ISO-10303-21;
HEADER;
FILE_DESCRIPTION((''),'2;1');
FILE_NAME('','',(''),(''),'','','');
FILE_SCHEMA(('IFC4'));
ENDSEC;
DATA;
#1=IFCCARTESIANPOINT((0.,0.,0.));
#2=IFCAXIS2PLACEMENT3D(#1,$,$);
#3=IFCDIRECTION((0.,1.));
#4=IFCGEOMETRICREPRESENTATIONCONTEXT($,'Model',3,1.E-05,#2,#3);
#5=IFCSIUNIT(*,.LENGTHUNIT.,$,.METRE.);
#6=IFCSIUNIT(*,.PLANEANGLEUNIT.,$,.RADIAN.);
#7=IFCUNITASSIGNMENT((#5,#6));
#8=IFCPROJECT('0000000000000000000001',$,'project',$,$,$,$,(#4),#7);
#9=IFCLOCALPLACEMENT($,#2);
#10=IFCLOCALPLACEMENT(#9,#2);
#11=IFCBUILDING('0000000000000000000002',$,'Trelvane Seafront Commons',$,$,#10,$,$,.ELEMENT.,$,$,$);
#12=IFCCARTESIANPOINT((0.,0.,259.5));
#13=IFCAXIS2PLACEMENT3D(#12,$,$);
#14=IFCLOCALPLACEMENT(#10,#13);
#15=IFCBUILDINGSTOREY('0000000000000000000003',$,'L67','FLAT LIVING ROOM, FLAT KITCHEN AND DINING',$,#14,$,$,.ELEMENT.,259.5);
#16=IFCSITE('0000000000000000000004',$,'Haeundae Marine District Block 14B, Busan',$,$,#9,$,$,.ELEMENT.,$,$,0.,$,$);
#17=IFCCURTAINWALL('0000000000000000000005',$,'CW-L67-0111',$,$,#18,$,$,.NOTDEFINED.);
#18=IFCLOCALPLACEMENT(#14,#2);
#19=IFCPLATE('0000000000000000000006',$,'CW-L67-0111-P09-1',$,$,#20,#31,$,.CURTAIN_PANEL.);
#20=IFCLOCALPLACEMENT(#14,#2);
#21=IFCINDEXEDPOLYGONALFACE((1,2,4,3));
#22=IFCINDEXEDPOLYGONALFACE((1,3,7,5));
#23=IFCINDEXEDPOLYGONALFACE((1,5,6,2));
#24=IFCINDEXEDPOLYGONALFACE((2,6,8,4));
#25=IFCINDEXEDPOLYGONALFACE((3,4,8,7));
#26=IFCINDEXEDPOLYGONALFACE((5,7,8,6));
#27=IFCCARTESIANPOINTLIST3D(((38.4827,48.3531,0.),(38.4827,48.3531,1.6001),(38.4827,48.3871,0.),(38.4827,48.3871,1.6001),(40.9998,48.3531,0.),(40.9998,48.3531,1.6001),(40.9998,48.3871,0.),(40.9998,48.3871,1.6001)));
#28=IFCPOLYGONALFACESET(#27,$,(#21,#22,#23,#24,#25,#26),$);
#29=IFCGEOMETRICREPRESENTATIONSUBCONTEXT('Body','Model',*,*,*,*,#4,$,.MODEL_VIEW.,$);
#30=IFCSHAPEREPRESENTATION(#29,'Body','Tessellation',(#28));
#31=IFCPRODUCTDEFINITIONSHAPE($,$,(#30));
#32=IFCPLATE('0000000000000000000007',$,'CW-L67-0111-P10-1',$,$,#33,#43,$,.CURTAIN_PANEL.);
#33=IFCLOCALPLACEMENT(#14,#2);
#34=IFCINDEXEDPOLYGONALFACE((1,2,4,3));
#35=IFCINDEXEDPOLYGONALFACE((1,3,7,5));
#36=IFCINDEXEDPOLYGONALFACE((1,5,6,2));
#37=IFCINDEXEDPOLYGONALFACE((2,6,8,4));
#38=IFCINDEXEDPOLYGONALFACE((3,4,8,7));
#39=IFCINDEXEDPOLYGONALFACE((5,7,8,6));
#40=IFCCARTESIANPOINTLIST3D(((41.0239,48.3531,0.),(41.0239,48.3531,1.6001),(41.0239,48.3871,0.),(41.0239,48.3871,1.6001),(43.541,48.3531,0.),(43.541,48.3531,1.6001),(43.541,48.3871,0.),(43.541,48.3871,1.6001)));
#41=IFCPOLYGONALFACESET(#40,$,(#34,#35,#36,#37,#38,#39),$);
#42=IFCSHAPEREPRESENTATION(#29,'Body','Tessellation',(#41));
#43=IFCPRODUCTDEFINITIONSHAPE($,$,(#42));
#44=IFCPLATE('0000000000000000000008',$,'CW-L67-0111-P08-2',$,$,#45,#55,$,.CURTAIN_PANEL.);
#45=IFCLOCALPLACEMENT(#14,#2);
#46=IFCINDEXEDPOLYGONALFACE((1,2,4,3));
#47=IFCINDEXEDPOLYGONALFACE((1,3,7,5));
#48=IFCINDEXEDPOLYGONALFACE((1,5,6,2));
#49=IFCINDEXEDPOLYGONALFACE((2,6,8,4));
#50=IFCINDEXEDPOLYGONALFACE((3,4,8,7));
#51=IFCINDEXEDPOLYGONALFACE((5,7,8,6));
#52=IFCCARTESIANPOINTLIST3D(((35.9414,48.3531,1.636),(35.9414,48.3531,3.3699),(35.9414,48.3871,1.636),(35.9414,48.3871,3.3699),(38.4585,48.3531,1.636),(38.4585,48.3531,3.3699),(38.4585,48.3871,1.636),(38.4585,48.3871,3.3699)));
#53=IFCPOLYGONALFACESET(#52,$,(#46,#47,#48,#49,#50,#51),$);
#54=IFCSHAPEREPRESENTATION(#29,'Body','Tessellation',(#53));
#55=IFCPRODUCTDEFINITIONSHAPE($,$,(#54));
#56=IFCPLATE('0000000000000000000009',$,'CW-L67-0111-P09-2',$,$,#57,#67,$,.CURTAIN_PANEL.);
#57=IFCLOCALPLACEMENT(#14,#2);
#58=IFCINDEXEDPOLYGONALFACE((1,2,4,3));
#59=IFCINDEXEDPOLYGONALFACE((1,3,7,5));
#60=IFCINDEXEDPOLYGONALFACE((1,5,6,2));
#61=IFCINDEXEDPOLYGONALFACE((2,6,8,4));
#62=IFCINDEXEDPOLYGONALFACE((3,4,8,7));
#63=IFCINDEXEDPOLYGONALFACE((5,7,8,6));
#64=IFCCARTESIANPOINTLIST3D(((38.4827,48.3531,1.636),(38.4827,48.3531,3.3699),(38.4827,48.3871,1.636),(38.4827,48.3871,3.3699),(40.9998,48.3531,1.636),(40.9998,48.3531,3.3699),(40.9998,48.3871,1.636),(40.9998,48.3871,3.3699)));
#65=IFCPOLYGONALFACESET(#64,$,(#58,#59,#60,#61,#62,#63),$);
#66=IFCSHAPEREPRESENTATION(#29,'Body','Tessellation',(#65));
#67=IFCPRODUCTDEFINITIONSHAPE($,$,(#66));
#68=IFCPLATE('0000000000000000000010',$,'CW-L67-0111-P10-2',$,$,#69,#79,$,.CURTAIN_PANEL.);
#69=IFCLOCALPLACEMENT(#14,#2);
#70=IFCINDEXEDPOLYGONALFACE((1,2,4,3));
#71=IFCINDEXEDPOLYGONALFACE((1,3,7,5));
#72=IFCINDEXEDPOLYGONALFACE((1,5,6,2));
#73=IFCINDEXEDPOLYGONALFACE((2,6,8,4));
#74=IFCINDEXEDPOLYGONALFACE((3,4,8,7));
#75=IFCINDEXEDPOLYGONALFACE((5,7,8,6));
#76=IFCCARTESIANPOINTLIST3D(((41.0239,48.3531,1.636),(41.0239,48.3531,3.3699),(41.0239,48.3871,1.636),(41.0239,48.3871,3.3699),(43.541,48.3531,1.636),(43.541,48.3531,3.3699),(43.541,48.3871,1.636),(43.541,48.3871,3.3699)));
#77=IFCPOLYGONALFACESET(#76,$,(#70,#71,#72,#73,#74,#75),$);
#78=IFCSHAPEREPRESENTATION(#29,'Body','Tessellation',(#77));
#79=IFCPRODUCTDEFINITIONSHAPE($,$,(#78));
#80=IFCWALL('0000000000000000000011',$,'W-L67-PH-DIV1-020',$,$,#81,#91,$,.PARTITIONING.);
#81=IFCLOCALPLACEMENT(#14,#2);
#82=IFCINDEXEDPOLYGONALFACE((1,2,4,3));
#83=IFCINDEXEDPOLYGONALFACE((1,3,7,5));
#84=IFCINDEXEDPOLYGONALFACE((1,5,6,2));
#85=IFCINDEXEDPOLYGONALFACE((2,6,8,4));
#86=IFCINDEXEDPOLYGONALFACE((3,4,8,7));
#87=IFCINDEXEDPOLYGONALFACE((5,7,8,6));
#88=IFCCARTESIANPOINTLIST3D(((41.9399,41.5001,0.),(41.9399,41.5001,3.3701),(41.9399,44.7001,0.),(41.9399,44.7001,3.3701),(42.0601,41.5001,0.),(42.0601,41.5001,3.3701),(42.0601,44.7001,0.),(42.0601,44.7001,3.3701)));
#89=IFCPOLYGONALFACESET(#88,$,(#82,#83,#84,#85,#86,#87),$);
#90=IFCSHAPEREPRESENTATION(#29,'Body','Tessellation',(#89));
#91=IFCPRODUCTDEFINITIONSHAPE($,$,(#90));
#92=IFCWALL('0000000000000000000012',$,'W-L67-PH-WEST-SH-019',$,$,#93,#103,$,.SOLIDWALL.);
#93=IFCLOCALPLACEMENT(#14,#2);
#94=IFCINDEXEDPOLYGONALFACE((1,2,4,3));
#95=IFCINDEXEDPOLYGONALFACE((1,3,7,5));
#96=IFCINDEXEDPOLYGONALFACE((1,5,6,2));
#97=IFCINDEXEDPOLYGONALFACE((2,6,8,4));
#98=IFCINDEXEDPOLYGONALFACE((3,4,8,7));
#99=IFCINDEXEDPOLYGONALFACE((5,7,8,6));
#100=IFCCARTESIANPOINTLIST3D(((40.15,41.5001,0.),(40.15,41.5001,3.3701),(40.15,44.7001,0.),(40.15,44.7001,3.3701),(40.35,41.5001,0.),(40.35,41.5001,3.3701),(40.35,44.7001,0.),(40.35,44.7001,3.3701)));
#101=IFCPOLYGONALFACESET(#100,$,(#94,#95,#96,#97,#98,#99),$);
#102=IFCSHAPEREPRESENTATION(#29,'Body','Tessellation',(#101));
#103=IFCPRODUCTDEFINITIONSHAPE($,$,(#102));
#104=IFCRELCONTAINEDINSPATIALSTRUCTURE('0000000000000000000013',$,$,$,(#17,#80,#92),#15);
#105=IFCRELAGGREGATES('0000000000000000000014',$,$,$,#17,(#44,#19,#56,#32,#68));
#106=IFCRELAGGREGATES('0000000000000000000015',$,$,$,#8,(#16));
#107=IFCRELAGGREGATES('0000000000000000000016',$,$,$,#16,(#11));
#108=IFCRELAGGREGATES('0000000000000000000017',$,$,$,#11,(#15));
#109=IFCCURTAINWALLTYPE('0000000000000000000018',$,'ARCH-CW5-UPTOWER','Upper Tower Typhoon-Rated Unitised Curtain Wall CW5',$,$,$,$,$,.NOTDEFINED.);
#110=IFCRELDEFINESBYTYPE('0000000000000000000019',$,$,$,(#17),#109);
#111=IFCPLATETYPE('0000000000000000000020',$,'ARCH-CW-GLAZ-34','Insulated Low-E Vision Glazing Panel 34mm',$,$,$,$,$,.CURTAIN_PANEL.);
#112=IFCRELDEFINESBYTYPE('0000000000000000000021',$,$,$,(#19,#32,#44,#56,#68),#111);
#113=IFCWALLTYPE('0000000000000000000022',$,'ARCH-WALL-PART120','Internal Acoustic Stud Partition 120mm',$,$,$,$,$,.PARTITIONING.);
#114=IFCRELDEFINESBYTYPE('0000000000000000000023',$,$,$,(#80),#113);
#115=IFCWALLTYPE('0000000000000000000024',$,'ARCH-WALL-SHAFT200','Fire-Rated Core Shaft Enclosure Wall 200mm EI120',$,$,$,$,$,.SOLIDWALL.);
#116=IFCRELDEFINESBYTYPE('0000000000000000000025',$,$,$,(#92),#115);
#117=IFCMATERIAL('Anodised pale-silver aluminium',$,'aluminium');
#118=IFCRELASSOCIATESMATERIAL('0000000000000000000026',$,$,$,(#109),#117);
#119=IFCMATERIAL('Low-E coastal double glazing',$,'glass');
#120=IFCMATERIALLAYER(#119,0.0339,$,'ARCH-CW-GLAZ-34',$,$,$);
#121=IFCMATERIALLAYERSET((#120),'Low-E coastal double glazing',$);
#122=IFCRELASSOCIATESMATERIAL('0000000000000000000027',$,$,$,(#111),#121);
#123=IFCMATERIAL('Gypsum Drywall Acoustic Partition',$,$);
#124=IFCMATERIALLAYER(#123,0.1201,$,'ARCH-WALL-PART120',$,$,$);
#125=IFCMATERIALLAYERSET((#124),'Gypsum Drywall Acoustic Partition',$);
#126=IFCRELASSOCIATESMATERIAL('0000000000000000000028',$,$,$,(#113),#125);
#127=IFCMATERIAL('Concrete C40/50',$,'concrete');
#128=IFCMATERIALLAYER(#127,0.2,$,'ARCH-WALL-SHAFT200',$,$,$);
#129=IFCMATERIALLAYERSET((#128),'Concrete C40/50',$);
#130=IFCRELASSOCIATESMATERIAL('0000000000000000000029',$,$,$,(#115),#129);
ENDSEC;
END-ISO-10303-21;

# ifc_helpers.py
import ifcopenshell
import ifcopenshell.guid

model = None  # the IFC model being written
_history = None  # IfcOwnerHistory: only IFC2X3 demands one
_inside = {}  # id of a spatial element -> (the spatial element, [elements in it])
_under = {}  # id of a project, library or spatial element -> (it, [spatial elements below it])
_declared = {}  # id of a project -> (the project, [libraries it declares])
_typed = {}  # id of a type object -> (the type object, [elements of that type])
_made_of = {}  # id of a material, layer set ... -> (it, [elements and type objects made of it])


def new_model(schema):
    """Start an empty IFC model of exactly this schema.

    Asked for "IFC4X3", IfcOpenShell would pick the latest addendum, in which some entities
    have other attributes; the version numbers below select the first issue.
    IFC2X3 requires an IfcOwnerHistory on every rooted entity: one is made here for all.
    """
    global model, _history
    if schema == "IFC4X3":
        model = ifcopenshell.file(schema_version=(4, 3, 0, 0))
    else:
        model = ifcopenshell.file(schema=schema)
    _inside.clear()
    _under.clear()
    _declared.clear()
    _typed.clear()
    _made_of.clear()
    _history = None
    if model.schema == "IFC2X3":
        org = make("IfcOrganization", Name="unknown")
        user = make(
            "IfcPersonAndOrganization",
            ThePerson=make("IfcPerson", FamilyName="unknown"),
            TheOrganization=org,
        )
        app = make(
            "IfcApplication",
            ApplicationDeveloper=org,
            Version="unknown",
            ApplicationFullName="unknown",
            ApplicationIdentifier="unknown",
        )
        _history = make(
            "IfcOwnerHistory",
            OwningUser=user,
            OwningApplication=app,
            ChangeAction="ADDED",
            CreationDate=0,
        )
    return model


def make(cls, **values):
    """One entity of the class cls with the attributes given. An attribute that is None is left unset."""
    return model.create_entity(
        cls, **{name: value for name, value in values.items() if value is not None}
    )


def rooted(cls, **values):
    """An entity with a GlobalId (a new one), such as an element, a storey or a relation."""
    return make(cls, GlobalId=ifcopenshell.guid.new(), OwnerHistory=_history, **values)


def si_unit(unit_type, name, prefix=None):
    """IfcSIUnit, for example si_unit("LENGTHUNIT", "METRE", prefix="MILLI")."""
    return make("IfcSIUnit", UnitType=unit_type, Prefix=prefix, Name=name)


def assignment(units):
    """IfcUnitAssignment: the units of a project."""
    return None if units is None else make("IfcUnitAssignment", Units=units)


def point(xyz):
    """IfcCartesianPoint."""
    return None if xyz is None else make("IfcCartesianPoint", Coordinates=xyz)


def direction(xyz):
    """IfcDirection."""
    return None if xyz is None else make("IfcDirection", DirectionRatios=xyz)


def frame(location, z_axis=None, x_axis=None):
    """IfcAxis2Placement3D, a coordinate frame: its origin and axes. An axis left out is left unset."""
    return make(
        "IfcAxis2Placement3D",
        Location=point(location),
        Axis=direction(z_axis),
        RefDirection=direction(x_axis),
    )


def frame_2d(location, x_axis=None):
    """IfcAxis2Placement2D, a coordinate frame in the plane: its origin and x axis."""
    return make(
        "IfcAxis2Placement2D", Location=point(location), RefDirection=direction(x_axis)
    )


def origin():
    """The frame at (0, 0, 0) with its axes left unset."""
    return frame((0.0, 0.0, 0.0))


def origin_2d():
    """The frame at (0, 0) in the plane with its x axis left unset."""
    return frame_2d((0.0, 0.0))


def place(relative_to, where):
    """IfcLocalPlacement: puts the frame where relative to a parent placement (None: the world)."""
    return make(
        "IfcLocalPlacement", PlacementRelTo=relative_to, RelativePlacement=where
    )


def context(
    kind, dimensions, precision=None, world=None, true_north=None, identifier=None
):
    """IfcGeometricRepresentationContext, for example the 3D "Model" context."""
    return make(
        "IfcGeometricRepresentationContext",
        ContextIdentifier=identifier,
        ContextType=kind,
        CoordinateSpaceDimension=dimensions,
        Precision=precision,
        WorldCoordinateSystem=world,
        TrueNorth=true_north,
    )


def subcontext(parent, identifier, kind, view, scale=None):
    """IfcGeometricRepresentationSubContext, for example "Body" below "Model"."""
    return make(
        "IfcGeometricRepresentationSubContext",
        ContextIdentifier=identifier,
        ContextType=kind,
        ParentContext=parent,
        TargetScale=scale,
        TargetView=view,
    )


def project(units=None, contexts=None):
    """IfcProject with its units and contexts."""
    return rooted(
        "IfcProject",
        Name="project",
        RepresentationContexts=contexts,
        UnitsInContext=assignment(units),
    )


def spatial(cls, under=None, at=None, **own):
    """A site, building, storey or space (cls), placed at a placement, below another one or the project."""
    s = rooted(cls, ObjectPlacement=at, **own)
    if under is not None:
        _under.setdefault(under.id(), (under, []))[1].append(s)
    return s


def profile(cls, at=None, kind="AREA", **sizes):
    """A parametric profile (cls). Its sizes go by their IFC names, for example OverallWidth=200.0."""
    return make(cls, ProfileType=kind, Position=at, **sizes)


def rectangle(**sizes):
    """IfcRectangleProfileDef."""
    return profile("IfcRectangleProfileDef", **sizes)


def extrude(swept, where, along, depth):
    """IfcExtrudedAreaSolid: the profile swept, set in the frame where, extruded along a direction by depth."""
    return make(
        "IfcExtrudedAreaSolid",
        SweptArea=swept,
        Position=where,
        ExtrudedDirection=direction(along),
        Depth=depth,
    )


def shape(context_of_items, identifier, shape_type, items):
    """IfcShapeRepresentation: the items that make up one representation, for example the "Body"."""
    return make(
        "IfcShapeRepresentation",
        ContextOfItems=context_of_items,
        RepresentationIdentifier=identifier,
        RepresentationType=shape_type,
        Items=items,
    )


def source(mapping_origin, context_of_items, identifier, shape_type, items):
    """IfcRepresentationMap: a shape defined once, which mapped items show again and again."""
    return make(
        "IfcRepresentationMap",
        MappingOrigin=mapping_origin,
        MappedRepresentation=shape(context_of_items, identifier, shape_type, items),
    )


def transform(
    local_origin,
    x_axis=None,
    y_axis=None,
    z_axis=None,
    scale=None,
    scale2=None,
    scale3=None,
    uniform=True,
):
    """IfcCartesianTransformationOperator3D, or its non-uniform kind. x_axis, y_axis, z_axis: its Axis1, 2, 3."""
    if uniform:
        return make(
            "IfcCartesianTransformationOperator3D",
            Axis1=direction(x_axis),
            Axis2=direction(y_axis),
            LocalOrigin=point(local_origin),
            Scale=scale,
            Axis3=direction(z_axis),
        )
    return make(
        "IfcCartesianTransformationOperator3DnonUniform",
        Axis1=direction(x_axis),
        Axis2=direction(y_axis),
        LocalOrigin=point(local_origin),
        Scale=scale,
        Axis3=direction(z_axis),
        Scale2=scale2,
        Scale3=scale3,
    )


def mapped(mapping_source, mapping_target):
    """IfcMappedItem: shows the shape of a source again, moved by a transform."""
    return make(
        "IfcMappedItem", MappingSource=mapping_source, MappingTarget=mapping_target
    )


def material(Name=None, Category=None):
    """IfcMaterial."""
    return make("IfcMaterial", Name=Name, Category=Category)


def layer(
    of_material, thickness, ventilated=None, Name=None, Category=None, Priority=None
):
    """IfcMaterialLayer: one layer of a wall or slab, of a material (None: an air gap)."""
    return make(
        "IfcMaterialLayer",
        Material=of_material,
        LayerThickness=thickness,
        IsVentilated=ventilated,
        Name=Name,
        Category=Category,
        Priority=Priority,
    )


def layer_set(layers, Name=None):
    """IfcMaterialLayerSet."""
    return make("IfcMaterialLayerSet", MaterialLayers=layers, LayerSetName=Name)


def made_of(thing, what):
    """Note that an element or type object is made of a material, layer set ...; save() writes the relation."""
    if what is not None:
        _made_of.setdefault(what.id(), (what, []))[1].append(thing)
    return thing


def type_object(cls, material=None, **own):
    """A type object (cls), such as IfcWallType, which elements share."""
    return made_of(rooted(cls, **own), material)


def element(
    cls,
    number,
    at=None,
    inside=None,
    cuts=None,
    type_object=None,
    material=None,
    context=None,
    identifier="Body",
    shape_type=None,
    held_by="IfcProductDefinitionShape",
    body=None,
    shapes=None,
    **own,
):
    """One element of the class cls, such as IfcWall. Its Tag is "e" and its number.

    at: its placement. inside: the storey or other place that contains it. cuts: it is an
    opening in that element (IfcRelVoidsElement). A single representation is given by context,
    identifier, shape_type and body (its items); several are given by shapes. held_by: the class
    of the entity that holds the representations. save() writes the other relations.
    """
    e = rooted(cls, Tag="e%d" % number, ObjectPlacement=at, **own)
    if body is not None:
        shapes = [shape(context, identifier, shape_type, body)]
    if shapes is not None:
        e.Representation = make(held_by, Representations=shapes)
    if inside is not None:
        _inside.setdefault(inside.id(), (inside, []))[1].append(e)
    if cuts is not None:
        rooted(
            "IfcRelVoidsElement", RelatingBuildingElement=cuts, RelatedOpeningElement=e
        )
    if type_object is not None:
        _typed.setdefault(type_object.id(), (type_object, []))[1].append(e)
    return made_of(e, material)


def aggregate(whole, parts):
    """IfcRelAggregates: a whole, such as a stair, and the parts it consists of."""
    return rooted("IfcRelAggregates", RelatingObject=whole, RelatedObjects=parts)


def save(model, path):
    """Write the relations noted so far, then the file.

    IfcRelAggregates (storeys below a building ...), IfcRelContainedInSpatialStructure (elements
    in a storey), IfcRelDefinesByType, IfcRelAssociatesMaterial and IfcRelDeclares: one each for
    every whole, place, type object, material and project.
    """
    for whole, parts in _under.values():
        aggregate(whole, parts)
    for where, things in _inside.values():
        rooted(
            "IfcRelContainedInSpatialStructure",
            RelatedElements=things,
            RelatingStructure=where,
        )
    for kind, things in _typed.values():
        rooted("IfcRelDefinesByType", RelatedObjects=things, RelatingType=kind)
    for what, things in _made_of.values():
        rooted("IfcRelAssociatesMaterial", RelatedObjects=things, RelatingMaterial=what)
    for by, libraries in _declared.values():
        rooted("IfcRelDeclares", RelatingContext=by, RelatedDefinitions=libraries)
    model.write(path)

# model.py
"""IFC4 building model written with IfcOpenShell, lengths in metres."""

from ifc_helpers import new_model, si_unit, direction, frame, frame_2d, origin, origin_2d, place, context, subcontext, project, spatial, rectangle, extrude, source, transform, mapped, material, layer, layer_set, type_object, element, aggregate, save


model = new_model("IFC4")

# Units and contexts
model_context = context("Model", 3, precision=1e-05, world=origin(), true_north=direction((0.0, 1.0)))
body_context = subcontext(model_context, "Body", "Model", "MODEL_VIEW")
ifc_project = project(units=[si_unit("LENGTHUNIT", "METRE"), si_unit("PLANEANGLEUNIT", "RADIAN")], contexts=[model_context])

# Site, building, storey
site_placement = place(None, origin())
site = spatial("IfcSite", under=ifc_project, at=site_placement, Name="Haeundae Marine District Block 14B, Busan", CompositionType="ELEMENT", RefElevation=0.0)
building_placement = place(site_placement, origin())
building = spatial("IfcBuilding", under=site, at=building_placement, Name="Trelvane Seafront Commons", CompositionType="ELEMENT")
storey_placement = place(building_placement, frame((0.0, 0.0, 259.5)))
storey = spatial("IfcBuildingStorey", under=building, at=storey_placement, Name="L67", Description="FLAT LIVING ROOM, FLAT KITCHEN AND DINING", CompositionType="ELEMENT", Elevation=259.5)

# Curtain wall
ifc_material_1 = material(Name="Anodised pale-silver aluminium", Category="aluminium")
curtain_wall_type = type_object("IfcCurtainWallType", Name="ARCH-CW5-UPTOWER", Description="Upper Tower Typhoon-Rated Unitised Curtain Wall CW5", PredefinedType="NOTDEFINED", material=ifc_material_1)
curtain_wall_placement = place(storey_placement, origin())
curtain_wall = element("IfcCurtainWall", 1, at=curtain_wall_placement, inside=storey, type_object=curtain_wall_type, Name="CW-L67-0111", PredefinedType="NOTDEFINED")

# Plates
ifc_material_2 = material(Name="Low-E coastal double glazing", Category="glass")
ifc_layer_1 = layer(ifc_material_2, 0.0339, Name="ARCH-CW-GLAZ-34")
ifc_layer_set_1 = layer_set([ifc_layer_1], Name="Low-E coastal double glazing")
plate_type_1 = type_object("IfcPlateType", Name="ARCH-CW-GLAZ-34", Description="Insulated Low-E Vision Glazing Panel 34mm", PredefinedType="CURTAIN_PANEL", material=ifc_layer_set_1)
shared_shape_1 = source(origin(), body_context, "Body", "SweptSolid", [
    extrude(rectangle(XDim=2.5171, YDim=0.0339, at=origin_2d()), origin(), (0.0, 0.0, 1.0), 1.6001),
])
plate_1_placement = place(storey_placement, frame((39.7412, 48.3701, 0.0), z_axis=(0.0, 0.0, 1.0), x_axis=(1.0, 0.0, 0.0)))
plate_1 = element("IfcPlate", 2, at=plate_1_placement, type_object=plate_type_1, Name="CW-L67-0111-P09-1", PredefinedType="CURTAIN_PANEL", context=body_context, shape_type="MappedRepresentation", body=[
    mapped(shared_shape_1, transform((0.0, 0.0, 0.0), x_axis=(1.0, 0.0, 0.0), y_axis=(0.0, 1.0, 0.0), z_axis=(0.0, 0.0, 1.0), scale=1.0)),
])
plate_2_placement = place(storey_placement, frame((42.2825, 48.3701, 0.0), z_axis=(0.0, 0.0, 1.0), x_axis=(1.0, 0.0, 0.0)))
plate_2 = element("IfcPlate", 3, at=plate_2_placement, type_object=plate_type_1, Name="CW-L67-0111-P10-1", PredefinedType="CURTAIN_PANEL", context=body_context, shape_type="MappedRepresentation", body=[
    mapped(shared_shape_1, transform((0.0, 0.0, 0.0), x_axis=(1.0, 0.0, 0.0), y_axis=(0.0, 1.0, 0.0), z_axis=(0.0, 0.0, 1.0), scale=1.0)),
])
shared_shape_2 = source(origin(), body_context, "Body", "SweptSolid", [
    extrude(rectangle(XDim=2.5171, YDim=0.0339, at=origin_2d()), origin(), (0.0, 0.0, 1.0), 1.7339),
])
plate_3_placement = place(storey_placement, frame((37.2, 48.3701, 1.636), z_axis=(0.0, 0.0, 1.0), x_axis=(1.0, 0.0, 0.0)))
plate_3 = element("IfcPlate", 4, at=plate_3_placement, type_object=plate_type_1, Name="CW-L67-0111-P08-2", PredefinedType="CURTAIN_PANEL", context=body_context, shape_type="MappedRepresentation", body=[
    mapped(shared_shape_2, transform((0.0, 0.0, 0.0), x_axis=(1.0, 0.0, 0.0), y_axis=(0.0, 1.0, 0.0), z_axis=(0.0, 0.0, 1.0), scale=1.0)),
])
plate_4_placement = place(storey_placement, frame((39.7412, 48.3701, 1.636), z_axis=(0.0, 0.0, 1.0), x_axis=(1.0, 0.0, 0.0)))
plate_4 = element("IfcPlate", 5, at=plate_4_placement, type_object=plate_type_1, Name="CW-L67-0111-P09-2", PredefinedType="CURTAIN_PANEL", context=body_context, shape_type="MappedRepresentation", body=[
    mapped(shared_shape_2, transform((0.0, 0.0, 0.0), x_axis=(1.0, 0.0, 0.0), y_axis=(0.0, 1.0, 0.0), z_axis=(0.0, 0.0, 1.0), scale=1.0)),
])
plate_5_placement = place(storey_placement, frame((42.2825, 48.3701, 1.636), z_axis=(0.0, 0.0, 1.0), x_axis=(1.0, 0.0, 0.0)))
plate_5 = element("IfcPlate", 6, at=plate_5_placement, type_object=plate_type_1, Name="CW-L67-0111-P10-2", PredefinedType="CURTAIN_PANEL", context=body_context, shape_type="MappedRepresentation", body=[
    mapped(shared_shape_2, transform((0.0, 0.0, 0.0), x_axis=(1.0, 0.0, 0.0), y_axis=(0.0, 1.0, 0.0), z_axis=(0.0, 0.0, 1.0), scale=1.0)),
])
aggregate(curtain_wall, [plate_3, plate_1, plate_4, plate_2, plate_5])

# Wall
ifc_material_3 = material(Name="Gypsum Drywall Acoustic Partition")
ifc_layer_2 = layer(ifc_material_3, 0.1201, Name="ARCH-WALL-PART120")
ifc_layer_set_2 = layer_set([ifc_layer_2], Name="Gypsum Drywall Acoustic Partition")
wall_type_1 = type_object("IfcWallType", Name="ARCH-WALL-PART120", Description="Internal Acoustic Stud Partition 120mm", PredefinedType="PARTITIONING", material=ifc_layer_set_2)
wall_1_placement = place(storey_placement, frame((42.0, 41.5, 0.0), z_axis=(0.0, 0.0, 1.0), x_axis=(0.0, 1.0, 0.0)))
element("IfcWall", 7, at=wall_1_placement, inside=storey, type_object=wall_type_1, Name="W-L67-PH-DIV1-020", PredefinedType="PARTITIONING", context=body_context, shape_type="SweptSolid", body=[
    extrude(rectangle(XDim=3.2, YDim=0.1201, at=frame_2d((1.6001, 0.0))), origin(), (0.0, 0.0, 1.0), 3.3701),
])

# Shared definitions
ifc_material_4 = material(Name="Concrete C40/50", Category="concrete")
ifc_layer_3 = layer(ifc_material_4, 0.2, Name="ARCH-WALL-SHAFT200")
ifc_layer_set_3 = layer_set([ifc_layer_3], Name="Concrete C40/50")
wall_type_2 = type_object("IfcWallType", Name="ARCH-WALL-SHAFT200", Description="Fire-Rated Core Shaft Enclosure Wall 200mm EI120", PredefinedType="SOLIDWALL", material=ifc_layer_set_3)

# Wall
wall_2_placement = place(storey_placement, frame((40.25, 41.5, 0.0), z_axis=(0.0, 0.0, 1.0), x_axis=(0.0, 1.0, 0.0)))
element("IfcWall", 8, at=wall_2_placement, inside=storey, type_object=wall_type_2, Name="W-L67-PH-WEST-SH-019", PredefinedType="SOLIDWALL", context=body_context, shape_type="SweptSolid", body=[
    extrude(rectangle(XDim=3.2, YDim=0.2, at=frame_2d((1.6001, 0.0))), origin(), (0.0, 0.0, 1.0), 3.3701),
])

save(model, "model.ifc")
